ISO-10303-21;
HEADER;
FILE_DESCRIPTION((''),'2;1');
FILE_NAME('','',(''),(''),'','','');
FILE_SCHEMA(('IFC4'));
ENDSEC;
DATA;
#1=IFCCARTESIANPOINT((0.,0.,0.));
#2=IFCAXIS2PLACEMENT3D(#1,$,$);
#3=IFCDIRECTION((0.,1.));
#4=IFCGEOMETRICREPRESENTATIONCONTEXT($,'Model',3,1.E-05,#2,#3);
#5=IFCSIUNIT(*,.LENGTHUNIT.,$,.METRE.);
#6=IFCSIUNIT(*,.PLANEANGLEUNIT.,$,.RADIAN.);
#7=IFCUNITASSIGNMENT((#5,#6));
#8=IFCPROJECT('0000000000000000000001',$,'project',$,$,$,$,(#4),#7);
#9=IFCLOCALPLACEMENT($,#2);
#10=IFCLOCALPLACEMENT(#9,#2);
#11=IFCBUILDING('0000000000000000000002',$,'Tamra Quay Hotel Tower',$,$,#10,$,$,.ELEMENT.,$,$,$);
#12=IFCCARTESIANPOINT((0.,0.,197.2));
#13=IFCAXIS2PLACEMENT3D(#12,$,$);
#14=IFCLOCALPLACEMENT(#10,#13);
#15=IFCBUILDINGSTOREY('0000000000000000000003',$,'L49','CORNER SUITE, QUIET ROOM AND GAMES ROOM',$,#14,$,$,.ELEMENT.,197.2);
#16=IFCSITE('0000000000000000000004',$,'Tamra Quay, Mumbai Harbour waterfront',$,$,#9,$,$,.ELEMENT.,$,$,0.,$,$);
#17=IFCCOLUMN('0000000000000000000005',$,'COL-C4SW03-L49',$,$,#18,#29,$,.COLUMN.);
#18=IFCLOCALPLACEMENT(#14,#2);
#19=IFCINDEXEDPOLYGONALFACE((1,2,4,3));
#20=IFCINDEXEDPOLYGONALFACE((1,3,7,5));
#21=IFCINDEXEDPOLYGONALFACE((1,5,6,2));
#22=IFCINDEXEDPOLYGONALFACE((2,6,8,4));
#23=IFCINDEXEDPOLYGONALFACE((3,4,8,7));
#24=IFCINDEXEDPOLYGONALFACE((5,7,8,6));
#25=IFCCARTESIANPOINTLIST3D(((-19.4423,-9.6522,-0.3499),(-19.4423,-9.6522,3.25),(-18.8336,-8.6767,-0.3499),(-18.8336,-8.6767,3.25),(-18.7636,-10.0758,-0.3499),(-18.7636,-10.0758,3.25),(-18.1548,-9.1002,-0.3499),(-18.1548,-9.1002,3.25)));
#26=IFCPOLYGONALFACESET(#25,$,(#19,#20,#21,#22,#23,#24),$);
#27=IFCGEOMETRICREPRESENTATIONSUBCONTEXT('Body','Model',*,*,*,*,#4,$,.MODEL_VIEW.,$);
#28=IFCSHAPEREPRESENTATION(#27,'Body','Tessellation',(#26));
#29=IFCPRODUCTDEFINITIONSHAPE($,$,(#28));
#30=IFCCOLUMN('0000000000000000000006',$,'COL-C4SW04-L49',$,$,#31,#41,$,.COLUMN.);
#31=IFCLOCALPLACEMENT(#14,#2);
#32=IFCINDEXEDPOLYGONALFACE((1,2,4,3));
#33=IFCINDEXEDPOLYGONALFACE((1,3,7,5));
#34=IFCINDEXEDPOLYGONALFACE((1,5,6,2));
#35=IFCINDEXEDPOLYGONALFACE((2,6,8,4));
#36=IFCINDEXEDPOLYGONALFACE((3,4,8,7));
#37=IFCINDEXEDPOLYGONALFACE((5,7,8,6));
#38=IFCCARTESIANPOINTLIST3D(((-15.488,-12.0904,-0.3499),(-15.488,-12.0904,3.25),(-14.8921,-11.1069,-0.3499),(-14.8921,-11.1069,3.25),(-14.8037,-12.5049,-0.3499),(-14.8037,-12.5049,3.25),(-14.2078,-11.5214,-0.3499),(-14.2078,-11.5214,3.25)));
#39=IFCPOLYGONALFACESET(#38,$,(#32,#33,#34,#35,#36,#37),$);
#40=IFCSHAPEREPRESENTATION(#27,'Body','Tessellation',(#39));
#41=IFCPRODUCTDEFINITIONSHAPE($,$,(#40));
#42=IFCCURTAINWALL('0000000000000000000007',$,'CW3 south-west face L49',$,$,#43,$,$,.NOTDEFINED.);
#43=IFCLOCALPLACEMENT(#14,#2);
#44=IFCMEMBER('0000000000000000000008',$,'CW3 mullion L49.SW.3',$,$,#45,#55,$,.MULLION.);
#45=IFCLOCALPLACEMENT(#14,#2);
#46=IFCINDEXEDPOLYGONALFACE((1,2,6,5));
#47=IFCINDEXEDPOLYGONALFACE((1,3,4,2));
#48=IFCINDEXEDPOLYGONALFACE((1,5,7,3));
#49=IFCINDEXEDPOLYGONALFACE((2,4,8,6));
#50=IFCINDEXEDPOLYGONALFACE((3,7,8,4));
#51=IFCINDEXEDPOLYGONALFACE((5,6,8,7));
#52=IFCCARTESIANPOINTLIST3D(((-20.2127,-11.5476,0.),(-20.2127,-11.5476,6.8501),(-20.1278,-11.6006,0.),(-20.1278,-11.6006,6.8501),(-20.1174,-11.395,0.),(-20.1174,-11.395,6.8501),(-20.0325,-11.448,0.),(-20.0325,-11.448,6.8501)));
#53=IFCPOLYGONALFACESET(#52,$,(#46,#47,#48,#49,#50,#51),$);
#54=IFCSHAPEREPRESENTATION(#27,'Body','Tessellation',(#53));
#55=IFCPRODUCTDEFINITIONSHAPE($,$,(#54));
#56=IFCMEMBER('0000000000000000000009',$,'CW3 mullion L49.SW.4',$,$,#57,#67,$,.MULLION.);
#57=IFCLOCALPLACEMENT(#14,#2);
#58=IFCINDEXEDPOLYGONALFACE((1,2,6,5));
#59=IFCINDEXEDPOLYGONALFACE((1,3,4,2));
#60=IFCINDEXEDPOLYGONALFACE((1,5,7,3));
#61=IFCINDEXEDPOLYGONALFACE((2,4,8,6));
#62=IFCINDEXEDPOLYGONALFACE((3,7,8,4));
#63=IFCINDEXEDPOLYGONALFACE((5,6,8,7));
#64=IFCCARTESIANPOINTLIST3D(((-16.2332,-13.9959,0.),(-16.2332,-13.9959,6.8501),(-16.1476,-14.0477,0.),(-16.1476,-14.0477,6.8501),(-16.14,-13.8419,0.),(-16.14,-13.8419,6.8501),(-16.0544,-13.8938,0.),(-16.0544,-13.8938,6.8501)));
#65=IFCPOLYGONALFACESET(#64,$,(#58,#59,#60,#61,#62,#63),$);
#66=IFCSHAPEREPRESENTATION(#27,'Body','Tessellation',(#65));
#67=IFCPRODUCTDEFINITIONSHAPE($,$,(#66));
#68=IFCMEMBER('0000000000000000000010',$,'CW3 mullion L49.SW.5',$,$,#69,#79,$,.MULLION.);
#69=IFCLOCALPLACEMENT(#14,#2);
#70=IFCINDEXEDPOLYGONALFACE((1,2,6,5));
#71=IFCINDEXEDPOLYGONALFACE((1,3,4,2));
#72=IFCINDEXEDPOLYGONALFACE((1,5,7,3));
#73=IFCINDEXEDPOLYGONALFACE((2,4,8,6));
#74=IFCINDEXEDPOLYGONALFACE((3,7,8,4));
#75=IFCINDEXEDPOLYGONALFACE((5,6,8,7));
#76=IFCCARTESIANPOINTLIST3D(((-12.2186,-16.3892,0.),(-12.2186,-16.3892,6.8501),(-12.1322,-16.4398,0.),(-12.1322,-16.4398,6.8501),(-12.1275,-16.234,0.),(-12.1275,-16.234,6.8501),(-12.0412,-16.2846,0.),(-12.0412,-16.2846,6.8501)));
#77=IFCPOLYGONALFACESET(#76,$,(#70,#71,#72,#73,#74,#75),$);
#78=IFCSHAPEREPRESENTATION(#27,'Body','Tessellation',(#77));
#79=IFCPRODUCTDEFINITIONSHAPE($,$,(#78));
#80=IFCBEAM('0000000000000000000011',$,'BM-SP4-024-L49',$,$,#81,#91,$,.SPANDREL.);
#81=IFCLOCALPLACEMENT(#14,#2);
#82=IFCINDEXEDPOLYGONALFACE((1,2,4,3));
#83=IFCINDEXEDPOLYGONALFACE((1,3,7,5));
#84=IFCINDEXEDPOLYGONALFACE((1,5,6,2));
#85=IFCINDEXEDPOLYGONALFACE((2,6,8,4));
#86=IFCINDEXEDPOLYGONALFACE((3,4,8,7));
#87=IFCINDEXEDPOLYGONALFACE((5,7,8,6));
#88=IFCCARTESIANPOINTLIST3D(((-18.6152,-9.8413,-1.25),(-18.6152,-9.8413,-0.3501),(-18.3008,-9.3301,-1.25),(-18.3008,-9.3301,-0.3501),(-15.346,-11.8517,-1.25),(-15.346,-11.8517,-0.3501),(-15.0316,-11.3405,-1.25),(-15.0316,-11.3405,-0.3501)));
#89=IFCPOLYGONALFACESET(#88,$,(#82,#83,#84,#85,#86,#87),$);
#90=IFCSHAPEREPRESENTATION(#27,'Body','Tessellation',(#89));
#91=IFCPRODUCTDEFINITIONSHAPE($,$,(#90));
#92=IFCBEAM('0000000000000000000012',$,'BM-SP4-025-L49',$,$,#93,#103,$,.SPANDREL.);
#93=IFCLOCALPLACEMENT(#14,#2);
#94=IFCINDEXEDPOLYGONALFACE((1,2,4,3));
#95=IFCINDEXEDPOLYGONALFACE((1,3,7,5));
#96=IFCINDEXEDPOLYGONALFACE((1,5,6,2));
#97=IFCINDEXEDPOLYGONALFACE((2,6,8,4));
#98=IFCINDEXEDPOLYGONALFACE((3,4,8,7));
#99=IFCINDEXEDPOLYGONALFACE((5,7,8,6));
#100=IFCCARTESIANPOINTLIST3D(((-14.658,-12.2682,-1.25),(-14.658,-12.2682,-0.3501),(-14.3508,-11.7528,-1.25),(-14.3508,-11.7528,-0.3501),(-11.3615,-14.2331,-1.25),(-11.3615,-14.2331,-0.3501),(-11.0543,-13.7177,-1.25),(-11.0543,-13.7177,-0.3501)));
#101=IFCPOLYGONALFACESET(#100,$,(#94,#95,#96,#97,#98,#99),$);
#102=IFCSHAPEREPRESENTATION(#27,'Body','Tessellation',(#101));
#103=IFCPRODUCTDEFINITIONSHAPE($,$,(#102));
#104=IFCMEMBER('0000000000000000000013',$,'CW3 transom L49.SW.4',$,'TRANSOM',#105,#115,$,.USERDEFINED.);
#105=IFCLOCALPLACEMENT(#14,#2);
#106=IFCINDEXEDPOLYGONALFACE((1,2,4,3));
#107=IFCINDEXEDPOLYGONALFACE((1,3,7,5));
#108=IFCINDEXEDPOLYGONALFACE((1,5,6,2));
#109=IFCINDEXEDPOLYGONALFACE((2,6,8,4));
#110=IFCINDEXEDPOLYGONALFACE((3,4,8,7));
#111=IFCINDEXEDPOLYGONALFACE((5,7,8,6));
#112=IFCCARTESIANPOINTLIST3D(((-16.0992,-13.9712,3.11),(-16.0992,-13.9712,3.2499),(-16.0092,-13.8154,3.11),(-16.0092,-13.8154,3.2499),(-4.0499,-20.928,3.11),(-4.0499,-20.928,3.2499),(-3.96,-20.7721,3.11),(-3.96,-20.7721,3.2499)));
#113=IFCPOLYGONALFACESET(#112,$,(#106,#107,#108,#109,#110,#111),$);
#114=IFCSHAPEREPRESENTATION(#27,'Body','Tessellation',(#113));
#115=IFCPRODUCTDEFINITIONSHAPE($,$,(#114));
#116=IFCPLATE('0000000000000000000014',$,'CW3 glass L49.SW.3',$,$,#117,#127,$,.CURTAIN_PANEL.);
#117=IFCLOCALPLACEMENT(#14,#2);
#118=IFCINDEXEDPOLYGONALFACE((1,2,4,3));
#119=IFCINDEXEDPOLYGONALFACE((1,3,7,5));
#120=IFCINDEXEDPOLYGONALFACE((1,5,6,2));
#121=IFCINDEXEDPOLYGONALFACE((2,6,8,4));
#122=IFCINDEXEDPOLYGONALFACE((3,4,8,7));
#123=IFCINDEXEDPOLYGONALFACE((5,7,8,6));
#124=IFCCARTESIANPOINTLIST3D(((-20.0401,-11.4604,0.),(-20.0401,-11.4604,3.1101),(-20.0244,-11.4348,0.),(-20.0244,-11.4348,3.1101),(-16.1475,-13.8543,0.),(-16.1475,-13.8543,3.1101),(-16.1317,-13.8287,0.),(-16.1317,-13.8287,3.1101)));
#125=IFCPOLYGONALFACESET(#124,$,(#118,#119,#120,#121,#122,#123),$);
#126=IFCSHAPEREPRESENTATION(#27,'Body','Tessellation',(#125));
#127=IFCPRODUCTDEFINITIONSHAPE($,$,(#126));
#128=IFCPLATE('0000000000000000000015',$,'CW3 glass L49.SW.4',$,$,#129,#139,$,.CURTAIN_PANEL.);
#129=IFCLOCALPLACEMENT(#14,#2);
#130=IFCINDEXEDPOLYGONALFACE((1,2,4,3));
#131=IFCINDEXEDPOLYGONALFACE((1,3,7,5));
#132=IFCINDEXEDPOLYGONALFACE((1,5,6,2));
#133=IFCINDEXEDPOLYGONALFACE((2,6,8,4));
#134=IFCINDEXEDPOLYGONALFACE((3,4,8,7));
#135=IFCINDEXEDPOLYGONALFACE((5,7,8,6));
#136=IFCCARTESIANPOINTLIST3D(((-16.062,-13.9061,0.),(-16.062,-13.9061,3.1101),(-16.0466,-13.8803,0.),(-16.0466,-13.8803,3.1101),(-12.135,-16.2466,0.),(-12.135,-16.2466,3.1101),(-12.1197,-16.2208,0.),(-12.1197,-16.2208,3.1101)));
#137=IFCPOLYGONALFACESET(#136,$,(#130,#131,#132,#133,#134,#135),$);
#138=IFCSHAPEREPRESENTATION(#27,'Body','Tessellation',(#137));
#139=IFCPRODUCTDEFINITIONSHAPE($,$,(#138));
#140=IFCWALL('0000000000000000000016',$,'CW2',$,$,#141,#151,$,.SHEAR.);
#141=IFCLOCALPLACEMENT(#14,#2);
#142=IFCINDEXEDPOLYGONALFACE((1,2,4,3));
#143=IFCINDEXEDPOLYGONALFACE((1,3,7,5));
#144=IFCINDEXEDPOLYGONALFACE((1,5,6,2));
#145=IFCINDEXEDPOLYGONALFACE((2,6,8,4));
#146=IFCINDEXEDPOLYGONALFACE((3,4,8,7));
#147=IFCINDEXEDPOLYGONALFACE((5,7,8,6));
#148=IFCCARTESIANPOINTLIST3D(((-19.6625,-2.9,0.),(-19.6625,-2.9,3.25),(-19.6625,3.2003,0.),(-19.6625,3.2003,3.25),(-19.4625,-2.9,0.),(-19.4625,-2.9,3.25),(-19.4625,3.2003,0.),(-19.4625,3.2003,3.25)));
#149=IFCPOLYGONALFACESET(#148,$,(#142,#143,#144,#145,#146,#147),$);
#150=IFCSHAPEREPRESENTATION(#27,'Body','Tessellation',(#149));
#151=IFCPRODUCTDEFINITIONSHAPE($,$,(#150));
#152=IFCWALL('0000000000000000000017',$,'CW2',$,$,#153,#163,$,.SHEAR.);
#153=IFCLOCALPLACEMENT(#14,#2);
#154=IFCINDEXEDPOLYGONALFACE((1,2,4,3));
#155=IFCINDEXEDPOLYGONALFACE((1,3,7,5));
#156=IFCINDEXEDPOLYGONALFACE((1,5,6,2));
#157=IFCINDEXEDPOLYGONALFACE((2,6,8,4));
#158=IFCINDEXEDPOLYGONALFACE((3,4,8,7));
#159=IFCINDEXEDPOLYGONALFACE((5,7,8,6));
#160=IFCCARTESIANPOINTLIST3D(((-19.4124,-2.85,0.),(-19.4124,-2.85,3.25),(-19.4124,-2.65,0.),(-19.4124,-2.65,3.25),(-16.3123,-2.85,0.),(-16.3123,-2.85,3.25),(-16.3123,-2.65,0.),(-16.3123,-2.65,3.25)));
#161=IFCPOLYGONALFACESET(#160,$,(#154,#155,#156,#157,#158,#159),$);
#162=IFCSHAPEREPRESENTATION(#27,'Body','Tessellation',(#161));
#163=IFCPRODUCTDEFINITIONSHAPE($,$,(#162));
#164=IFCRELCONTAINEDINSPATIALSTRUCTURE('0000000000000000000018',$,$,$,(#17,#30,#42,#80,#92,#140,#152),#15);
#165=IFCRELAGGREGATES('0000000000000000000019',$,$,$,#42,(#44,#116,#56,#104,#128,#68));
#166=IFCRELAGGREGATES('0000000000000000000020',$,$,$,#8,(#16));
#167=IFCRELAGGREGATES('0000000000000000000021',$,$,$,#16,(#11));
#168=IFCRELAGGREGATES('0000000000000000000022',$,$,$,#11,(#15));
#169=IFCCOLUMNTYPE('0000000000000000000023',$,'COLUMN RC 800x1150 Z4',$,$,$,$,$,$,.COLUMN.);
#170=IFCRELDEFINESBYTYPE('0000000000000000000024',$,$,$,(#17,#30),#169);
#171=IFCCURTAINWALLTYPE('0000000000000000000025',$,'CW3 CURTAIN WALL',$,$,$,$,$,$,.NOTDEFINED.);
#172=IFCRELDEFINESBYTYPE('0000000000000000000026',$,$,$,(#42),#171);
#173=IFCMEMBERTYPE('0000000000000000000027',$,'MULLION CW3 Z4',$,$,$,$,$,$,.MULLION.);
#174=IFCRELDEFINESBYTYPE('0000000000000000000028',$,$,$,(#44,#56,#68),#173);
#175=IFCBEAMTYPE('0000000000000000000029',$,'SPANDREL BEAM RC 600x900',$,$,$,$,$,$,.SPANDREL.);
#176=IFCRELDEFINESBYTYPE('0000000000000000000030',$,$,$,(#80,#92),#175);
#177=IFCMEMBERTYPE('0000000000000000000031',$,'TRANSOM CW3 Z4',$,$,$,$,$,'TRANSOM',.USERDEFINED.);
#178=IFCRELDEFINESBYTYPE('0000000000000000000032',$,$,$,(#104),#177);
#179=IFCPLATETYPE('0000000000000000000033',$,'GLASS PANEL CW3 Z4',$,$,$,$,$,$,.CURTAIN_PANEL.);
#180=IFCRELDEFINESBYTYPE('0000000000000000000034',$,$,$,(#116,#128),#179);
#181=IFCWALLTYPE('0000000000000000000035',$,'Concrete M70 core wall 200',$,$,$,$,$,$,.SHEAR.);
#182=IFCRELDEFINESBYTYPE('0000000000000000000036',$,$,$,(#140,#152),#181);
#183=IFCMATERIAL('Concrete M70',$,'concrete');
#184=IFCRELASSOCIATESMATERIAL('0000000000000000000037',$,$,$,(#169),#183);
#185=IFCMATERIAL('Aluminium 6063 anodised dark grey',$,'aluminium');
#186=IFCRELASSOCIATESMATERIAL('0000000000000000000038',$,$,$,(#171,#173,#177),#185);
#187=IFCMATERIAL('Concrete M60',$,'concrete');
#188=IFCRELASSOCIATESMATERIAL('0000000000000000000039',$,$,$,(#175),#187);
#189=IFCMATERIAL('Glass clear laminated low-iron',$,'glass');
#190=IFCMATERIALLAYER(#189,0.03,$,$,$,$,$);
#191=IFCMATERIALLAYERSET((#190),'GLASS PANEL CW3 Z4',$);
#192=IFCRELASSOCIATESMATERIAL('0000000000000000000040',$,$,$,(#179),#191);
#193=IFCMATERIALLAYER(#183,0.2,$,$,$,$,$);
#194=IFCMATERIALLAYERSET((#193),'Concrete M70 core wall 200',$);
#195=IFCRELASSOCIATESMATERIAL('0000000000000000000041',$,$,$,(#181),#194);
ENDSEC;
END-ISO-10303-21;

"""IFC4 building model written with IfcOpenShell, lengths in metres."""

from ifc_helpers import new_model, si_unit, direction, frame, frame_2d, origin, origin_2d, place, context, subcontext, project, spatial, rectangle, extrude, material, layer, layer_set, material_profile, profile_set, type_object, element, aggregate, save


model = new_model("IFC4")

# Units and contexts
model_context = context("Model", 3, precision=1e-05, world=origin(), true_north=direction((0.0, 1.0)))
body_context = subcontext(model_context, "Body", "Model", "MODEL_VIEW")
ifc_project = project(units=[si_unit("LENGTHUNIT", "METRE"), si_unit("PLANEANGLEUNIT", "RADIAN")], contexts=[model_context])

# Site, building, storey
site_placement = place(None, origin())
site = spatial("IfcSite", under=ifc_project, at=site_placement, Name="Tamra Quay, Mumbai Harbour waterfront", CompositionType="ELEMENT", RefElevation=0.0)
building_placement = place(site_placement, origin())
building = spatial("IfcBuilding", under=site, at=building_placement, Name="Tamra Quay Hotel Tower", CompositionType="ELEMENT")
storey_placement = place(building_placement, frame((0.0, 0.0, 197.2)))
storey = spatial("IfcBuildingStorey", under=building, at=storey_placement, Name="L49", Description="CORNER SUITE, QUIET ROOM AND GAMES ROOM", CompositionType="ELEMENT", Elevation=197.2)

# Columns
ifc_material_1 = material(Name="Concrete M70", Category="concrete")
ifc_material_profile_1 = material_profile(ifc_material_1, rectangle(XDim=1.1499, YDim=0.8, at=origin_2d()), Name="COLUMN RC 800x1150 Z4")
ifc_profile_set_1 = profile_set([ifc_material_profile_1], Name="Concrete M70")
column_type = type_object("IfcColumnType", Name="COLUMN RC 800x1150 Z4", PredefinedType="COLUMN", material=ifc_profile_set_1)
for number, where, z_axis, x_axis, name in (
    (1, (-18.7986, -9.3762, -0.3499), (0.0, 0.0, 1.0), (0.52941, 0.848366, 0.0), "COL-C4SW03-L49"),
    (2, (-14.8479, -11.8059, -0.3499), (0.0, 0.0, 1.0), (0.518175, 0.855275, 0.0), "COL-C4SW04-L49"),
):
    element("IfcColumn", number, at=place(storey_placement, frame(where, z_axis=z_axis, x_axis=x_axis)), inside=storey, type_object=column_type, Name=name, PredefinedType="COLUMN", context=body_context, shape_type="SweptSolid", body=[
        extrude(rectangle(XDim=1.1499, YDim=0.8, at=origin_2d()), origin(), (0.0, 0.0, 1.0), 3.5999),
    ])

# Curtain wall, members
ifc_material_2 = material(Name="Aluminium 6063 anodised dark grey", Category="aluminium")
curtain_wall_type = type_object("IfcCurtainWallType", Name="CW3 CURTAIN WALL", PredefinedType="NOTDEFINED", material=ifc_material_2)
curtain_wall_placement = place(storey_placement, origin())
curtain_wall = element("IfcCurtainWall", 3, at=curtain_wall_placement, inside=storey, type_object=curtain_wall_type, Name="CW3 south-west face L49", PredefinedType="NOTDEFINED")
ifc_material_profile_2 = material_profile(ifc_material_2, rectangle(XDim=0.1799, YDim=0.1001, at=origin_2d()), Name="MULLION 100X180")
ifc_profile_set_2 = profile_set([ifc_material_profile_2], Name="Aluminium 6063 anodised dark grey")
member_type_1 = type_object("IfcMemberType", Name="MULLION CW3 Z4", PredefinedType="MULLION", material=ifc_profile_set_2)
member_1_placement = place(storey_placement, frame((-20.1226, -11.4978, 0.0), z_axis=(0.0, 0.0, 1.0), x_axis=(-0.529731, -0.848166, 0.0)))
member_1 = element("IfcMember", 4, at=member_1_placement, type_object=member_type_1, Name="CW3 mullion L49.SW.3", PredefinedType="MULLION", context=body_context, shape_type="SweptSolid", body=[
    extrude(rectangle(XDim=0.1799, YDim=0.1001, at=origin_2d()), origin(), (0.0, 0.0, 1.0), 6.8501),
])
member_2_placement = place(storey_placement, frame((-16.1438, -13.9448, 0.0), z_axis=(0.0, 0.0, 1.0), x_axis=(-0.517923, -0.855427, 0.0)))
member_2 = element("IfcMember", 5, at=member_2_placement, type_object=member_type_1, Name="CW3 mullion L49.SW.4", PredefinedType="MULLION", context=body_context, shape_type="SweptSolid", body=[
    extrude(rectangle(XDim=0.1799, YDim=0.1001, at=origin_2d()), origin(), (0.0, 0.0, 1.0), 6.8501),
])
member_3_placement = place(storey_placement, frame((-12.1299, -16.3369, 0.0), z_axis=(0.0, 0.0, 1.0), x_axis=(-0.506001, -0.862533, 0.0)))
member_3 = element("IfcMember", 6, at=member_3_placement, type_object=member_type_1, Name="CW3 mullion L49.SW.5", PredefinedType="MULLION", context=body_context, shape_type="SweptSolid", body=[
    extrude(rectangle(XDim=0.1799, YDim=0.1001, at=origin_2d()), origin(), (0.0, 0.0, 1.0), 6.8501),
])

# Beams
ifc_material_3 = material(Name="Concrete M60", Category="concrete")
ifc_material_profile_3 = material_profile(ifc_material_3, rectangle(XDim=0.6001, YDim=0.8999, at=origin_2d()), Name="SPANDREL BEAM RC 600x900")
ifc_profile_set_3 = profile_set([ifc_material_profile_3], Name="Concrete M60")
beam_type = type_object("IfcBeamType", Name="SPANDREL BEAM RC 600x900", PredefinedType="SPANDREL", material=ifc_profile_set_3)
beam_1_placement = place(storey_placement, frame((-18.458, -9.5857, -0.8), z_axis=(0.851818, -0.523838, 0.0), x_axis=(0.523838, 0.851818, 0.0)))
element("IfcBeam", 7, at=beam_1_placement, inside=storey, type_object=beam_type, Name="BM-SP4-024-L49", PredefinedType="SPANDREL", context=body_context, shape_type="SweptSolid", body=[
    extrude(rectangle(XDim=0.6001, YDim=0.8999, at=origin_2d()), origin(), (0.0, 0.0, 1.0), 3.8379),
])
beam_2_placement = place(storey_placement, frame((-14.5044, -12.0105, -0.8), z_axis=(0.858982, -0.512005, 0.0), x_axis=(0.512005, 0.858982, 0.0)))
element("IfcBeam", 8, at=beam_2_placement, inside=storey, type_object=beam_type, Name="BM-SP4-025-L49", PredefinedType="SPANDREL", context=body_context, shape_type="SweptSolid", body=[
    extrude(rectangle(XDim=0.6001, YDim=0.8999, at=origin_2d()), origin(), (0.0, 0.0, 1.0), 3.8376),
])

# Member
ifc_material_profile_4 = material_profile(ifc_material_2, rectangle(XDim=0.1799, YDim=0.1399, at=origin_2d()), Name="TRANSOM 180X140")
ifc_profile_set_4 = profile_set([ifc_material_profile_4], Name="Aluminium 6063 anodised dark grey")
member_type_2 = type_object("IfcMemberType", Name="TRANSOM CW3 Z4", ElementType="TRANSOM", PredefinedType="USERDEFINED", material=ifc_profile_set_4)
member_4_placement = place(storey_placement, frame((-16.0542, -13.8933, 3.1799), z_axis=(0.866022, -0.500006, 0.0), x_axis=(0.500006, 0.866022, 0.0)))
member_4 = element("IfcMember", 9, at=member_4_placement, type_object=member_type_2, Name="CW3 transom L49.SW.4", ObjectType="TRANSOM", PredefinedType="USERDEFINED", context=body_context, shape_type="SweptSolid", body=[
    extrude(rectangle(XDim=0.1799, YDim=0.1399, at=origin_2d()), origin(), (0.0, 0.0, 1.0), 13.9133),
])

# Plates
ifc_material_4 = material(Name="Glass clear laminated low-iron", Category="glass")
ifc_layer_1 = layer(ifc_material_4, 0.03)
ifc_layer_set_1 = layer_set([ifc_layer_1], Name="GLASS PANEL CW3 Z4")
plate_type = type_object("IfcPlateType", Name="GLASS PANEL CW3 Z4", PredefinedType="CURTAIN_PANEL", material=ifc_layer_set_1)
plate_1_placement = place(storey_placement, frame((-18.0859, -12.6445, 0.0), z_axis=(0.0, 0.0, 1.0), x_axis=(0.851815, -0.523843, 0.0)))
plate_1 = element("IfcPlate", 10, at=plate_1_placement, type_object=plate_type, Name="CW3 glass L49.SW.3", PredefinedType="CURTAIN_PANEL", context=body_context, shape_type="SweptSolid", body=[
    extrude(rectangle(XDim=4.5698, YDim=0.03, at=origin_2d()), origin(), (0.0, 0.0, 1.0), 3.1101),
])
plate_2_placement = place(storey_placement, frame((-14.0908, -15.0635, 0.0), z_axis=(0.0, 0.0, 1.0), x_axis=(0.858999, -0.511978, 0.0)))
plate_2 = element("IfcPlate", 11, at=plate_2_placement, type_object=plate_type, Name="CW3 glass L49.SW.4", PredefinedType="CURTAIN_PANEL", context=body_context, shape_type="SweptSolid", body=[
    extrude(rectangle(XDim=4.5715, YDim=0.03, at=origin_2d()), origin(), (0.0, 0.0, 1.0), 3.1101),
])
aggregate(curtain_wall, [member_1, plate_1, member_2, member_4, plate_2, member_3])

# Walls
ifc_layer_2 = layer(ifc_material_1, 0.2)
ifc_layer_set_2 = layer_set([ifc_layer_2], Name="Concrete M70 core wall 200")
wall_type_1 = type_object("IfcWallType", Name="Concrete M70 core wall 200", PredefinedType="SHEAR", material=ifc_layer_set_2)
wall_1_placement = place(storey_placement, frame((-19.5625, -2.9001, 0.0), z_axis=(0.0, 0.0, 1.0), x_axis=(0.0, 1.0, 0.0)))
element("IfcWall", 12, at=wall_1_placement, inside=storey, type_object=wall_type_1, Name="CW2", PredefinedType="SHEAR", context=body_context, shape_type="SweptSolid", body=[
    extrude(rectangle(XDim=6.1003, YDim=0.2, at=frame_2d((3.0503, 0.0))), origin(), (0.0, 0.0, 1.0), 3.25),
])
wall_2_placement = place(storey_placement, frame((-19.4124, -2.75, 0.0), z_axis=(0.0, 0.0, 1.0), x_axis=(1.0, 0.0, 0.0)))
element("IfcWall", 13, at=wall_2_placement, inside=storey, type_object=wall_type_1, Name="CW2", PredefinedType="SHEAR", context=body_context, shape_type="SweptSolid", body=[
    extrude(rectangle(XDim=3.1001, YDim=0.2, at=frame_2d((1.55, 0.0))), origin(), (0.0, 0.0, 1.0), 3.25),
])

save(model, "model.ifc")
